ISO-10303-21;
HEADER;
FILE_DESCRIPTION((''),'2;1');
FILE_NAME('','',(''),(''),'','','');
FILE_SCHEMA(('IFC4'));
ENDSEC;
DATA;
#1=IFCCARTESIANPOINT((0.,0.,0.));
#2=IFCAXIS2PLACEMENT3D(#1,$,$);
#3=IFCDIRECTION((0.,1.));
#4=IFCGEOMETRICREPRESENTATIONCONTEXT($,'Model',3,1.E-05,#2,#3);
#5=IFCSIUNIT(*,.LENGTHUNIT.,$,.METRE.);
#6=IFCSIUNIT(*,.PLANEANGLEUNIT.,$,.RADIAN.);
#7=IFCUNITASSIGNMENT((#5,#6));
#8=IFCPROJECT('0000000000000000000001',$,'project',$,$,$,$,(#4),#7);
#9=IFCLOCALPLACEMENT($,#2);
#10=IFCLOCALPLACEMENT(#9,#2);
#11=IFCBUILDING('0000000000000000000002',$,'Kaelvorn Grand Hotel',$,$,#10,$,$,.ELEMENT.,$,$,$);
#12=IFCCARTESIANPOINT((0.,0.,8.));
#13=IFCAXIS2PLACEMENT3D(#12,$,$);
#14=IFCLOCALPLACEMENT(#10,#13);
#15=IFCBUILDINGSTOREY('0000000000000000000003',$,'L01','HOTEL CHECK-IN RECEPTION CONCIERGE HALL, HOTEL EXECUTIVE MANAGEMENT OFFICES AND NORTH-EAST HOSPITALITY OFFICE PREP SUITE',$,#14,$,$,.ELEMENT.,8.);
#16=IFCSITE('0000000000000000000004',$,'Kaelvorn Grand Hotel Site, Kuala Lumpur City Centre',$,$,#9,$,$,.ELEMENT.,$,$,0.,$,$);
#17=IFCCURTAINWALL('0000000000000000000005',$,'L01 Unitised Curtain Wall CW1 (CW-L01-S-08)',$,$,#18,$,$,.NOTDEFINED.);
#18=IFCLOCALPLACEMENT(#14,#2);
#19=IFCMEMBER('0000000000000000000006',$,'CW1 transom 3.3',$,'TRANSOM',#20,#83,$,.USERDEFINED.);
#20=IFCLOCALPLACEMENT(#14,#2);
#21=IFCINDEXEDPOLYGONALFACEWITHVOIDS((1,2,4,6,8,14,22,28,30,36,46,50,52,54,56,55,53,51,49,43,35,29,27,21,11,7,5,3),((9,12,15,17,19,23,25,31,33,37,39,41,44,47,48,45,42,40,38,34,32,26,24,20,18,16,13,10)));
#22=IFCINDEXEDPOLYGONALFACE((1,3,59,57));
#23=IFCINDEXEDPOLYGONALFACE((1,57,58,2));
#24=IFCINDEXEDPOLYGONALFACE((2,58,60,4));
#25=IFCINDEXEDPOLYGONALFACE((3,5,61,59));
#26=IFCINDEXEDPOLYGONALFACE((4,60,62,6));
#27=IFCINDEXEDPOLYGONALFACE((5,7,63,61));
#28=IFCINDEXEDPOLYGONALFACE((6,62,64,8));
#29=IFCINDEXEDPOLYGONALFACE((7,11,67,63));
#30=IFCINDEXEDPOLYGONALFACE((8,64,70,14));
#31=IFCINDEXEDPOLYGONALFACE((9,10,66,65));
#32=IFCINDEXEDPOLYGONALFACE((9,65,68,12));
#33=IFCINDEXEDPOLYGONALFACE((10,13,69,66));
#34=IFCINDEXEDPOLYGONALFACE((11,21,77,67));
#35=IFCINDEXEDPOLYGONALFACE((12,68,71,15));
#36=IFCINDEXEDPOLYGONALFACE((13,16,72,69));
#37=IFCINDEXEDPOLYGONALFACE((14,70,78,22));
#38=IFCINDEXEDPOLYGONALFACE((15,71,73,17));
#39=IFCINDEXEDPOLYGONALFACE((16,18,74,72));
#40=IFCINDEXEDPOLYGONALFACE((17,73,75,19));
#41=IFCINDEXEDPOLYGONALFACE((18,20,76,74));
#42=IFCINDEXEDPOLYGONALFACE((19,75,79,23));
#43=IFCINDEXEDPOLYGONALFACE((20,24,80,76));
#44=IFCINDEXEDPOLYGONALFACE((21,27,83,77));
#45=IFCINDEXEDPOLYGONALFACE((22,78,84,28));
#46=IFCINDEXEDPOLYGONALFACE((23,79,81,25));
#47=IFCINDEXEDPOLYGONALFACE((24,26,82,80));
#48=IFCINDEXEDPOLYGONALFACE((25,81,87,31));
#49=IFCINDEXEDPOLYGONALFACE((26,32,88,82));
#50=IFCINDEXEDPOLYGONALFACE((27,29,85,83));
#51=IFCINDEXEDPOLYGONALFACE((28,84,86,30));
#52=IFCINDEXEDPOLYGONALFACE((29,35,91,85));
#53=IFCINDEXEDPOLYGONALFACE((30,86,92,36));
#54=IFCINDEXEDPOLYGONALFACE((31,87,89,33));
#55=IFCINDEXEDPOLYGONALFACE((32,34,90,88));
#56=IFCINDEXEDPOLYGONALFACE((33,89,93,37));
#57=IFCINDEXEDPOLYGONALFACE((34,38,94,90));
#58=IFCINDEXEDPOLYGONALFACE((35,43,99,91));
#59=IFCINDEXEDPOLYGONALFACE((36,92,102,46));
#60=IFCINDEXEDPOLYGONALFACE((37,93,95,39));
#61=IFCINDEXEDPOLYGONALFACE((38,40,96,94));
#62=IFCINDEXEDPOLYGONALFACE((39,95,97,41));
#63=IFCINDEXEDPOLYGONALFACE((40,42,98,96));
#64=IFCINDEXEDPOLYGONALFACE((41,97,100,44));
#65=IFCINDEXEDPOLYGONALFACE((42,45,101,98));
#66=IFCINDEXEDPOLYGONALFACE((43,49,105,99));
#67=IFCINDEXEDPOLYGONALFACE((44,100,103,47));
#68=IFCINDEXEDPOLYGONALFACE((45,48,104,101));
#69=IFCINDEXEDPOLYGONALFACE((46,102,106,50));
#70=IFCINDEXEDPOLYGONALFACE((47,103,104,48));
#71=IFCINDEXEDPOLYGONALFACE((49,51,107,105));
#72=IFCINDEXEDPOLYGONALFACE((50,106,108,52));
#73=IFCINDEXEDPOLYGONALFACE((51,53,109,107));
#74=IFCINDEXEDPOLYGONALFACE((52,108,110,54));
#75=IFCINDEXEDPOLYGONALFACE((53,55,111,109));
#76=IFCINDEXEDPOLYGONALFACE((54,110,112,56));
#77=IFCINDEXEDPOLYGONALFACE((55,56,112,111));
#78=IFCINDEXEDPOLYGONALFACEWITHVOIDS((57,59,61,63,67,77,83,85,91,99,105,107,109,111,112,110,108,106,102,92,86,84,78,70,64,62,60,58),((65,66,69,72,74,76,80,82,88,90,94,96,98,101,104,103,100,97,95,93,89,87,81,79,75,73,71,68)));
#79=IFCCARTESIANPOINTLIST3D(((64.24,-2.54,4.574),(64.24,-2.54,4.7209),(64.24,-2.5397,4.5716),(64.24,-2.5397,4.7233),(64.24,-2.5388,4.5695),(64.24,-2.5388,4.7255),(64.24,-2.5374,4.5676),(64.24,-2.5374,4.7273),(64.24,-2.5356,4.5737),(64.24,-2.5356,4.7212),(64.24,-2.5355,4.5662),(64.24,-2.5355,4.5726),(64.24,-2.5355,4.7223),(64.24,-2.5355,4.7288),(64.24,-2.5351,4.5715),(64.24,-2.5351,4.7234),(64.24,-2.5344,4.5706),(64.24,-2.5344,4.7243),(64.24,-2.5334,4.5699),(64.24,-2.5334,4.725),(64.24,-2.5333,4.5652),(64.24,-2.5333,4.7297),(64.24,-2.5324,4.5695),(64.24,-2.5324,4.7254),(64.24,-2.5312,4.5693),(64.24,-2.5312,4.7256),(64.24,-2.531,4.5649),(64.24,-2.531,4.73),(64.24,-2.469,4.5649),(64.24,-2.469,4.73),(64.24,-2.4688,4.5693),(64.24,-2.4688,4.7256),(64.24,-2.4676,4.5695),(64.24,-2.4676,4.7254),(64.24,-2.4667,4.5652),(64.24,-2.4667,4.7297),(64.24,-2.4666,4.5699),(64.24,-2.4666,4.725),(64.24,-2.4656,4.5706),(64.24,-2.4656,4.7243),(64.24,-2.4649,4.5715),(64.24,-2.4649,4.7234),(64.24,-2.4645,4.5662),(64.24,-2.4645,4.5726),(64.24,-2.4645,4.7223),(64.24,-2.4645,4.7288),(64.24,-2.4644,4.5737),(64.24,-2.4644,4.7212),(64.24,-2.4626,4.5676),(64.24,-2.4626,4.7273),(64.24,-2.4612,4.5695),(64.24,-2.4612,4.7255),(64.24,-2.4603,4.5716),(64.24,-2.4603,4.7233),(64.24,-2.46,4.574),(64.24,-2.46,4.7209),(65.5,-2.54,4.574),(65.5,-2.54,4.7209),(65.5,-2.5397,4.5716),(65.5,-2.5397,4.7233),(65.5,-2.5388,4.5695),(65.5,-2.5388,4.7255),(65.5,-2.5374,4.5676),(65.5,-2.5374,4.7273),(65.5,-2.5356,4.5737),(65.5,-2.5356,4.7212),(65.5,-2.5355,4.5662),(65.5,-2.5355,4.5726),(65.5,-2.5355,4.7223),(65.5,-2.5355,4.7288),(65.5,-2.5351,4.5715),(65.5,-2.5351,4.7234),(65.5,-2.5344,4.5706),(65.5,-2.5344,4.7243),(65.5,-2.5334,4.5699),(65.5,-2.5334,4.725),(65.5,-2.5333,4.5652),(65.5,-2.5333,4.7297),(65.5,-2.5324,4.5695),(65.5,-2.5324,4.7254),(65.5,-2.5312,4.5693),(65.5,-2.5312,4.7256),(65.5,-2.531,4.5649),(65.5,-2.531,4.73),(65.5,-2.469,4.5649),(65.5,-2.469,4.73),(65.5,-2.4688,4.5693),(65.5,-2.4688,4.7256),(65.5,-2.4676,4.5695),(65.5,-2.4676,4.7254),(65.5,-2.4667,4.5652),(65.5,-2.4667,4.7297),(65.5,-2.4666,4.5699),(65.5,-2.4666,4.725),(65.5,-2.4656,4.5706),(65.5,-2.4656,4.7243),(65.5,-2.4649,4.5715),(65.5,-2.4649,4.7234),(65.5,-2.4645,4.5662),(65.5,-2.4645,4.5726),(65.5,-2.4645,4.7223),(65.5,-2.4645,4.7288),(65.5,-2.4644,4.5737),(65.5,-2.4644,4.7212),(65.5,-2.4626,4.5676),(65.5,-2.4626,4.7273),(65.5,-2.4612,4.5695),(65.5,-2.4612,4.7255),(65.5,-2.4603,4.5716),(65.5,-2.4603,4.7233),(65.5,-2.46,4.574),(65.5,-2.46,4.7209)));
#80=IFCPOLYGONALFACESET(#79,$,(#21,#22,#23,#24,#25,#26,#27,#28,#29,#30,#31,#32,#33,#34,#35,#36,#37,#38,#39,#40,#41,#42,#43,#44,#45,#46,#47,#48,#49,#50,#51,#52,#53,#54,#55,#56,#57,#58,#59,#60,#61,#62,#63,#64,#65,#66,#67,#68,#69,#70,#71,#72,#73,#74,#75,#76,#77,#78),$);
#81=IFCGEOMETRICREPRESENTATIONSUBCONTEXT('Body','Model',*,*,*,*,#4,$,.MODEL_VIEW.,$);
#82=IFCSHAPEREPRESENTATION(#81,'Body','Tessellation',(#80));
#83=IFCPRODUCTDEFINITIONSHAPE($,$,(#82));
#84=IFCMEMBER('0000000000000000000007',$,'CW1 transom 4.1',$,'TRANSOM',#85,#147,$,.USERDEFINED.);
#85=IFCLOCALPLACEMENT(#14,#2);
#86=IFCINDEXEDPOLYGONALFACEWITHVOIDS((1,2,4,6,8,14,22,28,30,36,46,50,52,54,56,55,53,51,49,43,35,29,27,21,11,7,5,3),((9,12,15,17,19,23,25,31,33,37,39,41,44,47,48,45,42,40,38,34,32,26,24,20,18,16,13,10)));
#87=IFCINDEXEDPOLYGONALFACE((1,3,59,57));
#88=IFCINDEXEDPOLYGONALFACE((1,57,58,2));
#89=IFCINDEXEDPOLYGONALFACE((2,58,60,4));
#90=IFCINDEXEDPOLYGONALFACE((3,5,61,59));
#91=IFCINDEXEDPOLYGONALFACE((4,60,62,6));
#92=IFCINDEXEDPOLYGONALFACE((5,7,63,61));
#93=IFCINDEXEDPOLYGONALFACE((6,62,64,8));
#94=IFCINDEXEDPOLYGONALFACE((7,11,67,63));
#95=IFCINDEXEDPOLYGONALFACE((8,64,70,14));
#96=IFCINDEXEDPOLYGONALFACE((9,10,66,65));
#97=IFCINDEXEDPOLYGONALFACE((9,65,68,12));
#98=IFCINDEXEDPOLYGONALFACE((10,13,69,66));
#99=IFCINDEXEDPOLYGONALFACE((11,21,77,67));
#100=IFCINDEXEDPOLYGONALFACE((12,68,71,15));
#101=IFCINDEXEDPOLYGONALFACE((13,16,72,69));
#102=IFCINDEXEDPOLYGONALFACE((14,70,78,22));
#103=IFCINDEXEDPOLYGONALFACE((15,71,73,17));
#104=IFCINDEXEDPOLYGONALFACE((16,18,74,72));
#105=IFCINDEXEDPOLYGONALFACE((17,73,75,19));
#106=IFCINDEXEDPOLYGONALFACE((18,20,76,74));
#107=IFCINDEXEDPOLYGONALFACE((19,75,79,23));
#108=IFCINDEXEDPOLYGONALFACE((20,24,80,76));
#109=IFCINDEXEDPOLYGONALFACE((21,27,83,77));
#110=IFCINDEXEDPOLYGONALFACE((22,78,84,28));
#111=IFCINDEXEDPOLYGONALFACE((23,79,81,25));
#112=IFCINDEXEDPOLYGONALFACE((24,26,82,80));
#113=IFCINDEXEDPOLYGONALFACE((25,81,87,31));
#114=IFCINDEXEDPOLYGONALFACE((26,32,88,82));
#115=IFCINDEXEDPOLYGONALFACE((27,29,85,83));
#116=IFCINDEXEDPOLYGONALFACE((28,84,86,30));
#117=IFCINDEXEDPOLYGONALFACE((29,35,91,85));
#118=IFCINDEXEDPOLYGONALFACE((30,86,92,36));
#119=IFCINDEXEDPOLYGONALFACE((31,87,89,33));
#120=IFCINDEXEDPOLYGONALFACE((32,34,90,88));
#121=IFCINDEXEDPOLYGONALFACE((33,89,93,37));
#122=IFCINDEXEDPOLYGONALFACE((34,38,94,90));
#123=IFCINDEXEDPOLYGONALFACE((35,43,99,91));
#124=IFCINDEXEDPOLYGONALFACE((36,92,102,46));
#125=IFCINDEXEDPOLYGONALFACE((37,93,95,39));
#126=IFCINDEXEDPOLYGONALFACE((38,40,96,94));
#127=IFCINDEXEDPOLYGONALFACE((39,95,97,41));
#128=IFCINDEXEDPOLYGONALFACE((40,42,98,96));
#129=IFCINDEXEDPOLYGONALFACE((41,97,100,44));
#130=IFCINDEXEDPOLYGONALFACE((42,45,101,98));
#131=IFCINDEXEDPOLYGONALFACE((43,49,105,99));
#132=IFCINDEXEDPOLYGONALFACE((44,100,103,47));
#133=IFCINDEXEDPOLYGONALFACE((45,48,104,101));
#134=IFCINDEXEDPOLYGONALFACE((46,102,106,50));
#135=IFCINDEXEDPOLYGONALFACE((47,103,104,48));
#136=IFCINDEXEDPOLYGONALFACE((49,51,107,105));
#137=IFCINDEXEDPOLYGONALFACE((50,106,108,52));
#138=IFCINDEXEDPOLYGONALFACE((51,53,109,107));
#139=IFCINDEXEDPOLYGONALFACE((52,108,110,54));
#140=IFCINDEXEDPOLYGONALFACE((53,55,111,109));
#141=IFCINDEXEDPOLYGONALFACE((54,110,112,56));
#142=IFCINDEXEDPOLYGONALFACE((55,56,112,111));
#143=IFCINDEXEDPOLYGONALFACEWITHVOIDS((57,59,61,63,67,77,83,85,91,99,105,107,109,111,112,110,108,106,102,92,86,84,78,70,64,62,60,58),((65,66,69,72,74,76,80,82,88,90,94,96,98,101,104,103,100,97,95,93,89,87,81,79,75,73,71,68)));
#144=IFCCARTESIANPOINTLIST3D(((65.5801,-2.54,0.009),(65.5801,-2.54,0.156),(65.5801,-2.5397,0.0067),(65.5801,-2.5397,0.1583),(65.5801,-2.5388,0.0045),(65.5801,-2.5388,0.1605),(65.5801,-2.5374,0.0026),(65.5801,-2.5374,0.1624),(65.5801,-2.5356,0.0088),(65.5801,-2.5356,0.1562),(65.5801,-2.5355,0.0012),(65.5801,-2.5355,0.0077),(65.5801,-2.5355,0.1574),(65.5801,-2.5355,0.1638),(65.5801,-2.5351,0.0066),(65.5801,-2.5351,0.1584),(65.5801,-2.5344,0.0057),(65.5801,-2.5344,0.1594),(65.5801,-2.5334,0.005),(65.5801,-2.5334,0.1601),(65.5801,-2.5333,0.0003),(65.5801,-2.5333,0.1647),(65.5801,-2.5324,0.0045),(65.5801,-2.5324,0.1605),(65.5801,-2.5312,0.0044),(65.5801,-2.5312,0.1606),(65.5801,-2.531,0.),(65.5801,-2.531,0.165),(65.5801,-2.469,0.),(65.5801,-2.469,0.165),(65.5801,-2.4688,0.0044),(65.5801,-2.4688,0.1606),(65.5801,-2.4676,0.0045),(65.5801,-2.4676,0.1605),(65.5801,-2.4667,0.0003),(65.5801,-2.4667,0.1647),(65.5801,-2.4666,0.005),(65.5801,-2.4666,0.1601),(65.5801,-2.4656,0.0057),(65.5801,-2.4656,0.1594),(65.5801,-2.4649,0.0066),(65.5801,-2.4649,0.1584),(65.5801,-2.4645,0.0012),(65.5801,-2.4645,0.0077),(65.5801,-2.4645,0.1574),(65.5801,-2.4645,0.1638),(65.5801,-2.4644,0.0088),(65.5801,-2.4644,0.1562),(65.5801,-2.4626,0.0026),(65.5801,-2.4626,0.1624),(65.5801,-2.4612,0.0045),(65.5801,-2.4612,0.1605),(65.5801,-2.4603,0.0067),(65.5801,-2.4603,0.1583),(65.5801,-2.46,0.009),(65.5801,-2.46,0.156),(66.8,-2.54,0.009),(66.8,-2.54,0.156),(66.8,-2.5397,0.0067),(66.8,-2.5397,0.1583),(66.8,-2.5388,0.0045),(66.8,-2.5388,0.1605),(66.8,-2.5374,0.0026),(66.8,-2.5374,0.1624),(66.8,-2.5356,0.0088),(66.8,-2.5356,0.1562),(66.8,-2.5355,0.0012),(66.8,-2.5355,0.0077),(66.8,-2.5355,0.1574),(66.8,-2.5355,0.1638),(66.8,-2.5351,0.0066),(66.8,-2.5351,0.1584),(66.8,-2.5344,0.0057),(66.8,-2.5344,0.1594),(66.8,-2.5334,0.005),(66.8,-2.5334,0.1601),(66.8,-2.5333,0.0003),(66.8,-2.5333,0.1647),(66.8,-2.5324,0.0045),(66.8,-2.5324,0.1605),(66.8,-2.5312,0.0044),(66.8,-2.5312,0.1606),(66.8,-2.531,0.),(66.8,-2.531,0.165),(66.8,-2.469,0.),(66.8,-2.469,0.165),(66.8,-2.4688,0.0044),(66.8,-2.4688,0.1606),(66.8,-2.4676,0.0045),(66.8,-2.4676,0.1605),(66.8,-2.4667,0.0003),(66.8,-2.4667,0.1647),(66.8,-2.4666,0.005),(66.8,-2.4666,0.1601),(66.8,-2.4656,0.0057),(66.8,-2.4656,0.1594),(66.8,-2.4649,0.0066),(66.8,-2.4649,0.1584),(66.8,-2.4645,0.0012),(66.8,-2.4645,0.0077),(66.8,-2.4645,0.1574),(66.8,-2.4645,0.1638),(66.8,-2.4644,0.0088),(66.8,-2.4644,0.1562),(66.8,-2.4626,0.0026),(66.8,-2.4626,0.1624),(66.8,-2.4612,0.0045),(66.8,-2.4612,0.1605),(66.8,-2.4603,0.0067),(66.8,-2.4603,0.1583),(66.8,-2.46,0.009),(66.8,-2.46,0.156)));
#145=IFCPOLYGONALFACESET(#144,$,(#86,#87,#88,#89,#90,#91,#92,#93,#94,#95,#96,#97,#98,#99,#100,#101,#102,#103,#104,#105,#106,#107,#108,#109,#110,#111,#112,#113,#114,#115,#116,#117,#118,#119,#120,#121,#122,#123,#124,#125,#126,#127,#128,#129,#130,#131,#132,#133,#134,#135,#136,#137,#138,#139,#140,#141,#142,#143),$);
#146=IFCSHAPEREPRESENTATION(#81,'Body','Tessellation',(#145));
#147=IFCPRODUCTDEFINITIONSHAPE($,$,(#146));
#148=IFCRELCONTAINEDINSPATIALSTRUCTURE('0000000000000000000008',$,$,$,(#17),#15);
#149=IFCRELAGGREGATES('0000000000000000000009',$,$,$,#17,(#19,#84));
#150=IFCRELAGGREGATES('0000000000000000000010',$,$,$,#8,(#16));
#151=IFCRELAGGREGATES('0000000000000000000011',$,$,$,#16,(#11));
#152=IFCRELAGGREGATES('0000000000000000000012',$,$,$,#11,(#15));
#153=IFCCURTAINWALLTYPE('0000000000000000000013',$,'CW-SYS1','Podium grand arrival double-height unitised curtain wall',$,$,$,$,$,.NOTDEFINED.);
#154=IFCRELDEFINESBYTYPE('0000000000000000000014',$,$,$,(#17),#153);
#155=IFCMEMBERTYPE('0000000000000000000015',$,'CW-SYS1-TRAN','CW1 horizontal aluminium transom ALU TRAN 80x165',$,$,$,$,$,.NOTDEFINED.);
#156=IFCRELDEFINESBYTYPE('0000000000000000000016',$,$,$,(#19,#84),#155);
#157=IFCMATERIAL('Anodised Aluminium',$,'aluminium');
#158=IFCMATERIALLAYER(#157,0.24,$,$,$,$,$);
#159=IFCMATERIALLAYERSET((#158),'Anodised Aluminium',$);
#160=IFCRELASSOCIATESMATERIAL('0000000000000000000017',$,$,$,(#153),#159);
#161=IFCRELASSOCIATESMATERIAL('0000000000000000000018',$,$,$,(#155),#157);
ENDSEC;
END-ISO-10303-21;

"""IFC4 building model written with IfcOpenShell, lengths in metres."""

from ifc_helpers import new_model, si_unit, direction, frame, origin, origin_2d, place, context, subcontext, project, spatial, hollow_rectangle, extrude, material, layer, layer_set, material_profile, profile_set, type_object, element, aggregate, save


model = new_model("IFC4")

# Units and contexts
model_context = context("Model", 3, precision=1e-05, world=origin(), true_north=direction((0.0, 1.0)))
body_context = subcontext(model_context, "Body", "Model", "MODEL_VIEW")
ifc_project = project(units=[si_unit("LENGTHUNIT", "METRE"), si_unit("PLANEANGLEUNIT", "RADIAN")], contexts=[model_context])

# Site, building, storey
site_placement = place(None, origin())
site = spatial("IfcSite", under=ifc_project, at=site_placement, Name="Kaelvorn Grand Hotel Site, Kuala Lumpur City Centre", CompositionType="ELEMENT", RefElevation=0.0)
building_placement = place(site_placement, origin())
building = spatial("IfcBuilding", under=site, at=building_placement, Name="Kaelvorn Grand Hotel", CompositionType="ELEMENT")
storey_placement = place(building_placement, frame((0.0, 0.0, 8.0)))
storey = spatial("IfcBuildingStorey", under=building, at=storey_placement, Name="L01", Description="HOTEL CHECK-IN RECEPTION CONCIERGE HALL, HOTEL EXECUTIVE MANAGEMENT OFFICES AND NORTH-EAST HOSPITALITY OFFICE PREP SUITE", CompositionType="ELEMENT", Elevation=8.0)

# Curtain wall
ifc_material_1 = material(Name="Anodised Aluminium", Category="aluminium")
ifc_layer_1 = layer(ifc_material_1, 0.24)
ifc_layer_set_1 = layer_set([ifc_layer_1], Name="Anodised Aluminium")
curtain_wall_type = type_object("IfcCurtainWallType", Name="CW-SYS1", Description="Podium grand arrival double-height unitised curtain wall", PredefinedType="NOTDEFINED", material=ifc_layer_set_1)
curtain_wall_1_placement = place(storey_placement, origin())
curtain_wall_1 = element("IfcCurtainWall", 1, at=curtain_wall_1_placement, inside=storey, type_object=curtain_wall_type, Name="L01 Unitised Curtain Wall CW1 (CW-L01-S-08)", PredefinedType="NOTDEFINED")

# Members
ifc_material_profile_1 = material_profile(ifc_material_1, hollow_rectangle(XDim=0.0801, YDim=0.165, WallThickness=0.0044, InnerFilletRadius=0.0044, OuterFilletRadius=0.009, at=origin_2d()), Name="ALU TRAN 80x165")
ifc_profile_set_1 = profile_set([ifc_material_profile_1], Name="Anodised Aluminium")
member_type_1 = type_object("IfcMemberType", Name="CW-SYS1-TRAN", Description="CW1 horizontal aluminium transom ALU TRAN 80x165", PredefinedType="NOTDEFINED", material=ifc_profile_set_1)
member_1_placement = place(storey_placement, frame((64.24, -2.5, 4.6475), z_axis=(1.0, 0.0, 0.0), x_axis=(0.0, 1.0, 0.0)))
member_1 = element("IfcMember", 2, at=member_1_placement, type_object=member_type_1, Name="CW1 transom 3.3", ObjectType="TRANSOM", PredefinedType="USERDEFINED", context=body_context, shape_type="SweptSolid", body=[
    extrude(hollow_rectangle(XDim=0.0801, YDim=0.165, WallThickness=0.0044, InnerFilletRadius=0.0044, OuterFilletRadius=0.009, at=origin_2d()), origin(), (0.0, 0.0, 1.0), 1.26),
])
member_2_placement = place(storey_placement, frame((65.5801, -2.5, 0.0825), z_axis=(1.0, 0.0, 0.0), x_axis=(0.0, 1.0, 0.0)))
member_2 = element("IfcMember", 3, at=member_2_placement, type_object=member_type_1, Name="CW1 transom 4.1", ObjectType="TRANSOM", PredefinedType="USERDEFINED", context=body_context, shape_type="SweptSolid", body=[
    extrude(hollow_rectangle(XDim=0.0801, YDim=0.165, WallThickness=0.0044, InnerFilletRadius=0.0044, OuterFilletRadius=0.009, at=origin_2d()), origin(), (0.0, 0.0, 1.0), 1.22),
])

aggregate(curtain_wall_1, [member_1, member_2])

save(model, "model.ifc")
